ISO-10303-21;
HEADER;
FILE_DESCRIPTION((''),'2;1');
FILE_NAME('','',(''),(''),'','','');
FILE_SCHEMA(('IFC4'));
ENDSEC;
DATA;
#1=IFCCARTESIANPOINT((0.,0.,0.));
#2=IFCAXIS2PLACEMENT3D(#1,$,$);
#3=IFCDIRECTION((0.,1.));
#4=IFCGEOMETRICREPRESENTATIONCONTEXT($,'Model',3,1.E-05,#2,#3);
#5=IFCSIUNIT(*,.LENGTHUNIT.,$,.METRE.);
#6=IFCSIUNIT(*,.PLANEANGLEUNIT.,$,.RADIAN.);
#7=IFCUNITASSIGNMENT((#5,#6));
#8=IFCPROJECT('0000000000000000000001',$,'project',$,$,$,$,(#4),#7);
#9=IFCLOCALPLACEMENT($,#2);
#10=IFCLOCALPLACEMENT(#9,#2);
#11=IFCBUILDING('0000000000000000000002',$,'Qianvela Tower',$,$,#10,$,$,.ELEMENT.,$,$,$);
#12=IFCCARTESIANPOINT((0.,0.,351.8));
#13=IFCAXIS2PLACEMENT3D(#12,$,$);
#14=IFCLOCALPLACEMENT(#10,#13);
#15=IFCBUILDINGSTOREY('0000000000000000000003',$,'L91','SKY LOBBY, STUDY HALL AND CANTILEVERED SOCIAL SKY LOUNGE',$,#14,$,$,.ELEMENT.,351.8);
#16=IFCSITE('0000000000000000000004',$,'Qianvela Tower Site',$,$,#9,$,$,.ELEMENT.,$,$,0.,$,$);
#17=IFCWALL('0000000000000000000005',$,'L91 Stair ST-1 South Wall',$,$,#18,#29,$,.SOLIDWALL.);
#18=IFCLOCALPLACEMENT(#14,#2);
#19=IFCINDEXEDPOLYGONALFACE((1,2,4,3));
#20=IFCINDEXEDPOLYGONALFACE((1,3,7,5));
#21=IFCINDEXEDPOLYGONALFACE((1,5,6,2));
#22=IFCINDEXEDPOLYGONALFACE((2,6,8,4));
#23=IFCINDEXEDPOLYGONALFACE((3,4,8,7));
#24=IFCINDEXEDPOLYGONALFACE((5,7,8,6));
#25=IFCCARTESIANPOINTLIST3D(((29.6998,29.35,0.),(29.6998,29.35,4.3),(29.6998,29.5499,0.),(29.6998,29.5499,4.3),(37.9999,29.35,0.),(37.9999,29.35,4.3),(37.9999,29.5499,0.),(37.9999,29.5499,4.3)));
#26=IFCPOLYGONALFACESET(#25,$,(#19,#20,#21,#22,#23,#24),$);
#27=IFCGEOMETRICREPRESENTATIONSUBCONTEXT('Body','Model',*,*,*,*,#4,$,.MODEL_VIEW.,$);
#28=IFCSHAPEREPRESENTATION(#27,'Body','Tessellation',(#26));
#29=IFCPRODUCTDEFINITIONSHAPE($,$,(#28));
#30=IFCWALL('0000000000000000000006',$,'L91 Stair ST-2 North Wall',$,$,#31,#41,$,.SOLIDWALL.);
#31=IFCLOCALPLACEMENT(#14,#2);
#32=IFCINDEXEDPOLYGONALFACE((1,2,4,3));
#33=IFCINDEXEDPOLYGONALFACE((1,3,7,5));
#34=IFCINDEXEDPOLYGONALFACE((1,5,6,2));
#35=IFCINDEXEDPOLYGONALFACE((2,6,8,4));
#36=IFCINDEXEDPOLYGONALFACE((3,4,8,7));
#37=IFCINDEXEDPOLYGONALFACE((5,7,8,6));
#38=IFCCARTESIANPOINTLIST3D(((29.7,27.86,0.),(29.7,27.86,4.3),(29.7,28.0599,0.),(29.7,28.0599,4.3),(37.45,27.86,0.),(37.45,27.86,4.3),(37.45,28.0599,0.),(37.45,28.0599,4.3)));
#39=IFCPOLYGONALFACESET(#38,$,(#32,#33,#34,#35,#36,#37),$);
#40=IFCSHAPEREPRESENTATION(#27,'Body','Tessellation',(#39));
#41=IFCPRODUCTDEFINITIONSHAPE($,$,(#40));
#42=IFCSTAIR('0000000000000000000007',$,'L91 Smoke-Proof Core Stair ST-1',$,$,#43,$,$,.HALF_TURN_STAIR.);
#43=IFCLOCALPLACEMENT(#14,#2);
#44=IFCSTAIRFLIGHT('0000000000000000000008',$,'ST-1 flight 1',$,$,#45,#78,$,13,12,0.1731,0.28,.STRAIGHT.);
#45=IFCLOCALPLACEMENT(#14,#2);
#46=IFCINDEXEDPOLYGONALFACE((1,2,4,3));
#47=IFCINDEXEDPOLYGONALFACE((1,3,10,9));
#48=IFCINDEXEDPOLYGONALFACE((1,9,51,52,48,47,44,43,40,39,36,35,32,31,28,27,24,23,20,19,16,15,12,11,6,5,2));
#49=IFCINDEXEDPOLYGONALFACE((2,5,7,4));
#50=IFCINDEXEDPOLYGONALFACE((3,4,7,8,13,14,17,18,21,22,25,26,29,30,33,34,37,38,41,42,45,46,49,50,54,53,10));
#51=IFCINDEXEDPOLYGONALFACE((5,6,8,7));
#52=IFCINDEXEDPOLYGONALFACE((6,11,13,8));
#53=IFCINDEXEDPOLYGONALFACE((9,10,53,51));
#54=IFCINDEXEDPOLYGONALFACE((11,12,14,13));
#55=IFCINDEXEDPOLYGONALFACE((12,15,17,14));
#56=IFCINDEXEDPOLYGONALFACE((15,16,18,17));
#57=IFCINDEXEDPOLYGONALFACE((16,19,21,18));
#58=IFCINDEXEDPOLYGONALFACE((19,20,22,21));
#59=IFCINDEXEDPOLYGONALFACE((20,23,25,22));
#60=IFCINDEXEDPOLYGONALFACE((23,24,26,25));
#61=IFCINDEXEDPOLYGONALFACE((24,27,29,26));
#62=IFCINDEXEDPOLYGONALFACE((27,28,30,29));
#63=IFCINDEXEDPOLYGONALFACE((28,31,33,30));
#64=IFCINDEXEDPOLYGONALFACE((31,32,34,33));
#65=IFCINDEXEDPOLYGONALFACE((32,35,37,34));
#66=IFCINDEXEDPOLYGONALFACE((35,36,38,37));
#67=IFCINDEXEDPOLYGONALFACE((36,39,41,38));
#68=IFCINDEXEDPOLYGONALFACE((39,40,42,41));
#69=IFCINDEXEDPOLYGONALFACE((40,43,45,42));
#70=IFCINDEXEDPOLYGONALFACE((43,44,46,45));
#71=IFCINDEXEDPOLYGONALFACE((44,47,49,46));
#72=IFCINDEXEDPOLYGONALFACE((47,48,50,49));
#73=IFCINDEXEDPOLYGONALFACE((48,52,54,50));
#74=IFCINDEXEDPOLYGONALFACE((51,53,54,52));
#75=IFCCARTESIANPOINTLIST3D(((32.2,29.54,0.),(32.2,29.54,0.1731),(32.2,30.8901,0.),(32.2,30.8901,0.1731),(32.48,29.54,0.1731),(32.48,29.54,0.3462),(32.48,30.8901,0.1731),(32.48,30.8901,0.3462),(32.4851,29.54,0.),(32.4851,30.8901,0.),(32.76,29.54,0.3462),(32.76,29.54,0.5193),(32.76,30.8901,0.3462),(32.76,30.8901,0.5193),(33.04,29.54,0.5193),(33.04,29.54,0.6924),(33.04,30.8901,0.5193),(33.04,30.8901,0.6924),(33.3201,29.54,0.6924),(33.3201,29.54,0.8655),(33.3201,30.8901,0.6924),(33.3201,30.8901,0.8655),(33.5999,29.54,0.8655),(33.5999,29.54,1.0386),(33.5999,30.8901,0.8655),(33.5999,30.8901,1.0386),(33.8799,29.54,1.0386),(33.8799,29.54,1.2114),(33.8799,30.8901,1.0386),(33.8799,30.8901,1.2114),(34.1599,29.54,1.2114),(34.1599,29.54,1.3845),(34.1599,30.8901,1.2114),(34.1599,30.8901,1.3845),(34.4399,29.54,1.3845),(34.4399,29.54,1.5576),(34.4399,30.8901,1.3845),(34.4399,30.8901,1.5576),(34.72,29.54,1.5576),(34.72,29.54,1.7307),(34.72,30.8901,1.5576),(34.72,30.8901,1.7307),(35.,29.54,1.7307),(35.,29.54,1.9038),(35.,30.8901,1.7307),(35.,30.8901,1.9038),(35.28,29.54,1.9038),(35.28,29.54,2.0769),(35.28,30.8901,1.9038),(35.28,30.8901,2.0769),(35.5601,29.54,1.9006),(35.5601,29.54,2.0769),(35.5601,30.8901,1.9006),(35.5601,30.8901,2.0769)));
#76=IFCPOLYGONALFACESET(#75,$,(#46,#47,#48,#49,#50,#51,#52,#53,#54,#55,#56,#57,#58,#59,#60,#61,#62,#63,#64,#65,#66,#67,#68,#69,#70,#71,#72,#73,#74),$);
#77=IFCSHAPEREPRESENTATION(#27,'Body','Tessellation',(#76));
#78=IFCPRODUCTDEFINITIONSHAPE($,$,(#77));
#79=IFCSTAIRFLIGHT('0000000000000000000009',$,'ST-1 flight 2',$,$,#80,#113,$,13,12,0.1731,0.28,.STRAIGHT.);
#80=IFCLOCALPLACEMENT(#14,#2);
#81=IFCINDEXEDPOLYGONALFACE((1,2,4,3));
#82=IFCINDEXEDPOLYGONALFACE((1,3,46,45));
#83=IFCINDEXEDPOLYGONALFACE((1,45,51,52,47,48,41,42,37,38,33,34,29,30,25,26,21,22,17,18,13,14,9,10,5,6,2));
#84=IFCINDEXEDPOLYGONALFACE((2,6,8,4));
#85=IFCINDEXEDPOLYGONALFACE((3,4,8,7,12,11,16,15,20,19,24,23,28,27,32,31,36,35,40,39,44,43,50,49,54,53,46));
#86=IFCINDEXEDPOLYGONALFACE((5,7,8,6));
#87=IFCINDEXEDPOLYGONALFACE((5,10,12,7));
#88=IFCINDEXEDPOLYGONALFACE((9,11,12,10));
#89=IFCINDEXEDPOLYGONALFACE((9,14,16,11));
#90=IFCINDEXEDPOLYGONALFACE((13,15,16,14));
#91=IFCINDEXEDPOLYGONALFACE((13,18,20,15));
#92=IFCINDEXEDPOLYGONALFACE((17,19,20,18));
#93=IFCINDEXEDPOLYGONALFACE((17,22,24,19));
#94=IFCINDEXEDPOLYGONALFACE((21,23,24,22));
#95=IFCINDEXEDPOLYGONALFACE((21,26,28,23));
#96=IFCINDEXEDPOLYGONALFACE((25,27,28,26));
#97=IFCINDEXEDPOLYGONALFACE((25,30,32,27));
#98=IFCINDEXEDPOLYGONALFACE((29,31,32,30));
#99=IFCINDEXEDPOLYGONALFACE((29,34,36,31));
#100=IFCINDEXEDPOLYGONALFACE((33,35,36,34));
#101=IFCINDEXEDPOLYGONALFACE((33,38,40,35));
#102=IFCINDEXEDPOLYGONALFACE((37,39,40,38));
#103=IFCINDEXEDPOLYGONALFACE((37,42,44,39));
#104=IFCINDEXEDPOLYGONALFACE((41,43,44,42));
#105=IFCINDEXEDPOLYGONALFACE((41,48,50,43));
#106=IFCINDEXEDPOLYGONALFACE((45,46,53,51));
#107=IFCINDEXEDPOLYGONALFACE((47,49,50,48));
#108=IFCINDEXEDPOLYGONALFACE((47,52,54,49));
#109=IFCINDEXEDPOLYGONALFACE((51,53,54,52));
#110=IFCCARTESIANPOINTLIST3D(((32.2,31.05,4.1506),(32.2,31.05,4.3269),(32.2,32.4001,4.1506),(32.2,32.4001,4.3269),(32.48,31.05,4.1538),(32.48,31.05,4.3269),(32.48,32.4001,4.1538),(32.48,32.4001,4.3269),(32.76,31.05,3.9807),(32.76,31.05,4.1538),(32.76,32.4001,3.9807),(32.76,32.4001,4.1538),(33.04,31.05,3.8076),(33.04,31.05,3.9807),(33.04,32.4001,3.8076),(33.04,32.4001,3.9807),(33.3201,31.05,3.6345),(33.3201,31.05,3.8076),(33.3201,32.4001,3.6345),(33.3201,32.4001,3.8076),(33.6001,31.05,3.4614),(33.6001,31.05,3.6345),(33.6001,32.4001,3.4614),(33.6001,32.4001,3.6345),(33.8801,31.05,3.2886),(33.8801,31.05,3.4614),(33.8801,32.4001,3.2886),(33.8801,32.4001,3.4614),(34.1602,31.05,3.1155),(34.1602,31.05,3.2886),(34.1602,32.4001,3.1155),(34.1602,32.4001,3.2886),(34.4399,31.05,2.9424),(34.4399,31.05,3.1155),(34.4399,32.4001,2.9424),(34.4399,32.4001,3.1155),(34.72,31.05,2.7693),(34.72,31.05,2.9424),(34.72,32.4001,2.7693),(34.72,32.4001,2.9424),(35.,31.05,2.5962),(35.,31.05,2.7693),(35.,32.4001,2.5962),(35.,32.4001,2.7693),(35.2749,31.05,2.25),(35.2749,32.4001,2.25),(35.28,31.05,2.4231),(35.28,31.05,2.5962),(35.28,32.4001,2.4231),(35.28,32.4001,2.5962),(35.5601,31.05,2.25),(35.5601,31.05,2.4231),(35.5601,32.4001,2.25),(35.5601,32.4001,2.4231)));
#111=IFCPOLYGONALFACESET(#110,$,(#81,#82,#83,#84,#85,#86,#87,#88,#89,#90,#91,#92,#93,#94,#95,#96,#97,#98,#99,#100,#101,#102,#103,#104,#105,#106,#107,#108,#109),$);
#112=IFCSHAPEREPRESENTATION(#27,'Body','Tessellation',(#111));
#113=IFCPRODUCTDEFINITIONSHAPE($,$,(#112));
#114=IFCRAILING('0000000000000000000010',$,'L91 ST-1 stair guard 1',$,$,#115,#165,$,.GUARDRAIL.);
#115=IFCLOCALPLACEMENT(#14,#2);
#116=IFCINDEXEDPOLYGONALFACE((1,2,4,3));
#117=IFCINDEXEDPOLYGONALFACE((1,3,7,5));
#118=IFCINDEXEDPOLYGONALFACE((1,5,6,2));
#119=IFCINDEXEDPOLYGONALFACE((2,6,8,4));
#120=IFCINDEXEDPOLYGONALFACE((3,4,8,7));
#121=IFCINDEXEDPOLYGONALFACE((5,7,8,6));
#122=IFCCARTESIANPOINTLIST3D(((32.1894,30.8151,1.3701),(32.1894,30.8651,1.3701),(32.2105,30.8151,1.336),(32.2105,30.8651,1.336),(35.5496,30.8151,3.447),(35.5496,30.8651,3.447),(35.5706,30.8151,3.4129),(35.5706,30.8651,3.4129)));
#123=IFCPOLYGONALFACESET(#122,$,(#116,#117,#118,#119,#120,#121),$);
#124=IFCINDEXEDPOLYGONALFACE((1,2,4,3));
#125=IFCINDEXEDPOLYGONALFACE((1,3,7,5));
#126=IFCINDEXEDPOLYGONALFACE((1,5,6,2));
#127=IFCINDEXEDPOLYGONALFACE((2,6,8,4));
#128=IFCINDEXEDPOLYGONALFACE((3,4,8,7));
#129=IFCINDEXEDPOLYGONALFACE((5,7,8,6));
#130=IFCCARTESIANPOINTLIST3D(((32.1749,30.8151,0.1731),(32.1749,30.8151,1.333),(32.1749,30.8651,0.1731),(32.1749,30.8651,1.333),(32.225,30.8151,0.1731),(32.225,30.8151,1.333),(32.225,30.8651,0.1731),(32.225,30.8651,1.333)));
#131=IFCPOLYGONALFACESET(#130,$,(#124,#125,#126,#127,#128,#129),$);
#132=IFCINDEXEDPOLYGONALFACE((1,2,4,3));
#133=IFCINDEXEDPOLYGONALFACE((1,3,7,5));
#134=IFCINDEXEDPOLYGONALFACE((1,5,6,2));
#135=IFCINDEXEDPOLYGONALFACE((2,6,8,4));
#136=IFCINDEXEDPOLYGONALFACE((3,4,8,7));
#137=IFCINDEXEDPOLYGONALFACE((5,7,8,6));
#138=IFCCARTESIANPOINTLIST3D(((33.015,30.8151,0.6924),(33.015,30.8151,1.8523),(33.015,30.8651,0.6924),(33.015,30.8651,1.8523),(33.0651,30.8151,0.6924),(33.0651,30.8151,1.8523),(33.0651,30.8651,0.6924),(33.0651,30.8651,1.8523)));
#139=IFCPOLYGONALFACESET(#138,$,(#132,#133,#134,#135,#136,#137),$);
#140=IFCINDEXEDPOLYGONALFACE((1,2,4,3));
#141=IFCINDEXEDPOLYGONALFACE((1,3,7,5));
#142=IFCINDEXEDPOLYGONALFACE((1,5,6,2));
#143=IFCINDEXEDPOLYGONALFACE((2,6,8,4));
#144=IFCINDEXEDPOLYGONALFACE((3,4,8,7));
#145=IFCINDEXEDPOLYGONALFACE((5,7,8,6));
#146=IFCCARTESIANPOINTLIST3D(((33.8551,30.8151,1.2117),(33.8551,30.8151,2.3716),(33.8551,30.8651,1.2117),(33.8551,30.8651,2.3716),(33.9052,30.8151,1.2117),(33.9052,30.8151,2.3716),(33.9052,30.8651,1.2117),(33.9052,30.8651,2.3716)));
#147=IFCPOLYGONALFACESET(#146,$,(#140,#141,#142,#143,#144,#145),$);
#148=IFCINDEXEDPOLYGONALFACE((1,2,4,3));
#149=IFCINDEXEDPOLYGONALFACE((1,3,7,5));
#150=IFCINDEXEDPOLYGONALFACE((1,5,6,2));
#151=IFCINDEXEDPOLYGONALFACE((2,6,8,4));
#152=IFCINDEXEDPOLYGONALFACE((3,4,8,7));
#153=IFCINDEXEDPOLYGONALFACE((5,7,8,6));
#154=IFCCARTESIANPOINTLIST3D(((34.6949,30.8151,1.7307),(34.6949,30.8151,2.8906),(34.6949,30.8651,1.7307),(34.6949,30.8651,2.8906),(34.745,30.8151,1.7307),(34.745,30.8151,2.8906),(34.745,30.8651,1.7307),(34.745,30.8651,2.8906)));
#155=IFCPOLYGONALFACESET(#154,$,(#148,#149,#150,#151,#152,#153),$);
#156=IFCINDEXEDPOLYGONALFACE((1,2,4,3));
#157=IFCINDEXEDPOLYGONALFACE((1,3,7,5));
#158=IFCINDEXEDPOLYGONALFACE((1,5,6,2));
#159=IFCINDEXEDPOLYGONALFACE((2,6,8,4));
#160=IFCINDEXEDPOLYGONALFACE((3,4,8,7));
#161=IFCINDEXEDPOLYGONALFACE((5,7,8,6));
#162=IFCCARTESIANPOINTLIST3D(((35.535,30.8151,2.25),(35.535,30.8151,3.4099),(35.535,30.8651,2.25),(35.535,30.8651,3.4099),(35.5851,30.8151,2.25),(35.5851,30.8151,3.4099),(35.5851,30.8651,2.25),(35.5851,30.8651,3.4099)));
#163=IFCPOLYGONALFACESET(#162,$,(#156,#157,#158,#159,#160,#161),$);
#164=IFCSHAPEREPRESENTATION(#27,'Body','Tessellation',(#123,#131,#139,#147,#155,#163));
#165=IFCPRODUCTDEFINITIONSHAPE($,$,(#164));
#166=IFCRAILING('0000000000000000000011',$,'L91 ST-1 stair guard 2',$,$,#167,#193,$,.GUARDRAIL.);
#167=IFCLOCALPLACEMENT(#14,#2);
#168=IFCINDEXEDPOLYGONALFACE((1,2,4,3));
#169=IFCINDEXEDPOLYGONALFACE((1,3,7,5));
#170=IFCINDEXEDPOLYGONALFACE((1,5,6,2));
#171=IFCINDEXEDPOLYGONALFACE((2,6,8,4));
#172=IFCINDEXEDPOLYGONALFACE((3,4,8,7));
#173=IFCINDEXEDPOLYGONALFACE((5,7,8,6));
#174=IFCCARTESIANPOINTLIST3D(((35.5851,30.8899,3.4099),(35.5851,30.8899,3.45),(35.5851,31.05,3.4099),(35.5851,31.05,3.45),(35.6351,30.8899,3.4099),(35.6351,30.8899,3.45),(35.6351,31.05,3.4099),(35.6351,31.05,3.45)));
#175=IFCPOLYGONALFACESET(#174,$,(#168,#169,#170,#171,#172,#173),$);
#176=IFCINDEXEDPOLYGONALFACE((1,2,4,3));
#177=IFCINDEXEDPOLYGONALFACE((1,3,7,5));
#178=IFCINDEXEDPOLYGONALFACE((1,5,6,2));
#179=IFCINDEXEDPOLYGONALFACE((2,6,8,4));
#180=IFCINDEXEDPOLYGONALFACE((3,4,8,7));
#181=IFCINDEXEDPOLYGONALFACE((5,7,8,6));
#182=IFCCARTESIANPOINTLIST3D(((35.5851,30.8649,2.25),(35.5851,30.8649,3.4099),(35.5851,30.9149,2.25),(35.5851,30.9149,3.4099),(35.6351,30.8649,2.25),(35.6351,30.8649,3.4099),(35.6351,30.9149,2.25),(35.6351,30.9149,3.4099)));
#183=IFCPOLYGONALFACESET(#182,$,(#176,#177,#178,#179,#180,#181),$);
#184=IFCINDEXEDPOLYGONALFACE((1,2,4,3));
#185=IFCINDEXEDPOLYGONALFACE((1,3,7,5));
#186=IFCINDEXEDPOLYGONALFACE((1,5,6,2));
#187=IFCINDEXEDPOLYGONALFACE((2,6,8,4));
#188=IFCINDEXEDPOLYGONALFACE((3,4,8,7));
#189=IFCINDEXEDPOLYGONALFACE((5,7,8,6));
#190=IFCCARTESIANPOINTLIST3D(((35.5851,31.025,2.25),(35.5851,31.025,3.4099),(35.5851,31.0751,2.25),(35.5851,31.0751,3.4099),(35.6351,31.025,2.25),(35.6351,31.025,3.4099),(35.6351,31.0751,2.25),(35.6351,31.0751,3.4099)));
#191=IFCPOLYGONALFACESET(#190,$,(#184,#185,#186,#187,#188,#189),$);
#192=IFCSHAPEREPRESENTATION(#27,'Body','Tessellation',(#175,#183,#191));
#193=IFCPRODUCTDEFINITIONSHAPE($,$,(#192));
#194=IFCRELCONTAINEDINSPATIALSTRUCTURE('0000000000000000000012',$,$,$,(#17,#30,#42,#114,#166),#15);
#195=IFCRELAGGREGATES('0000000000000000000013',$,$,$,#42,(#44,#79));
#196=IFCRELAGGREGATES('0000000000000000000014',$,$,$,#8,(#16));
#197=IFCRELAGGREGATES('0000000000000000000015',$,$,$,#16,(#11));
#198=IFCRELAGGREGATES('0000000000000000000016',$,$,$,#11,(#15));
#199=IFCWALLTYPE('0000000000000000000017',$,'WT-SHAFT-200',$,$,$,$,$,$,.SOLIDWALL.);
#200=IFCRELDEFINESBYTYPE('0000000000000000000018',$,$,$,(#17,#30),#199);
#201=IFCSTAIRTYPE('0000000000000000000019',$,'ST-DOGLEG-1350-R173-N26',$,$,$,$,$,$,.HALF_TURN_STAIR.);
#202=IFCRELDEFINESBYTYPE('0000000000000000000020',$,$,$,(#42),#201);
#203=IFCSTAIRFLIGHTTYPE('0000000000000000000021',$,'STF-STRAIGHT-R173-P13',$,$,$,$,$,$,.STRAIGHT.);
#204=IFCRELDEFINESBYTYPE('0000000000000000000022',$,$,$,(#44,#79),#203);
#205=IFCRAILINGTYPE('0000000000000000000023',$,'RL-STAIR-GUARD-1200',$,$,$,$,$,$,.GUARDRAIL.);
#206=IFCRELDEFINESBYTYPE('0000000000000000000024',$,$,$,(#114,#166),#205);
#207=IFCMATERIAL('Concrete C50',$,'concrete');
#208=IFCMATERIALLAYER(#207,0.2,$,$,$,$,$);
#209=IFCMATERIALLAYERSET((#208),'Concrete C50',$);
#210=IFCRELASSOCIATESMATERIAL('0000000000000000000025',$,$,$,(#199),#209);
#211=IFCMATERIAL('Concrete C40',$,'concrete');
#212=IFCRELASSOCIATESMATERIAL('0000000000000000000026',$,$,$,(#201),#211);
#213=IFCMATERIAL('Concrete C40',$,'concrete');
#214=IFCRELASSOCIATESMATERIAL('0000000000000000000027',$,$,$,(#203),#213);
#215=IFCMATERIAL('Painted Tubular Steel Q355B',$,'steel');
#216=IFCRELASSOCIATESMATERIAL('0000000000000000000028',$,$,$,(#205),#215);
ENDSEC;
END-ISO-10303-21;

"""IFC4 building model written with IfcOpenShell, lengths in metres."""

from ifc_helpers import new_model, si_unit, direction, frame, frame_2d, origin, origin_2d, place, context, subcontext, project, spatial, polyline, rectangle, outline, extrude, material, layer, layer_set, type_object, element, aggregate, save


model = new_model("IFC4")

# Units and contexts
model_context = context("Model", 3, precision=1e-05, world=origin(), true_north=direction((0.0, 1.0)))
body_context = subcontext(model_context, "Body", "Model", "MODEL_VIEW")
ifc_project = project(units=[si_unit("LENGTHUNIT", "METRE"), si_unit("PLANEANGLEUNIT", "RADIAN")], contexts=[model_context])

# Site, building, storey
site_placement = place(None, origin())
site = spatial("IfcSite", under=ifc_project, at=site_placement, Name="Qianvela Tower Site", CompositionType="ELEMENT", RefElevation=0.0)
building_placement = place(site_placement, origin())
building = spatial("IfcBuilding", under=site, at=building_placement, Name="Qianvela Tower", CompositionType="ELEMENT")
storey_placement = place(building_placement, frame((0.0, 0.0, 351.8)))
storey = spatial("IfcBuildingStorey", under=building, at=storey_placement, Name="L91", Description="SKY LOBBY, STUDY HALL AND CANTILEVERED SOCIAL SKY LOUNGE", CompositionType="ELEMENT", Elevation=351.8)

# Walls
ifc_material_1 = material(Name="Concrete C50", Category="concrete")
ifc_layer_1 = layer(ifc_material_1, 0.2)
ifc_layer_set_1 = layer_set([ifc_layer_1], Name="Concrete C50")
wall_type_1 = type_object("IfcWallType", Name="WT-SHAFT-200", PredefinedType="SOLIDWALL", material=ifc_layer_set_1)
wall_1_placement = place(storey_placement, frame((29.7, 29.45, 0.0), z_axis=(0.0, 0.0, 1.0), x_axis=(1.0, 0.0, 0.0)))
element("IfcWall", 1, at=wall_1_placement, inside=storey, type_object=wall_type_1, Name="L91 Stair ST-1 South Wall", PredefinedType="SOLIDWALL", context=body_context, shape_type="SweptSolid", body=[
    extrude(rectangle(XDim=8.3, YDim=0.2, at=frame_2d((4.1499, 0.0))), origin(), (0.0, 0.0, 1.0), 4.3),
])
wall_2_placement = place(storey_placement, frame((29.7, 27.96, 0.0), z_axis=(0.0, 0.0, 1.0), x_axis=(1.0, 0.0, 0.0)))
element("IfcWall", 2, at=wall_2_placement, inside=storey, type_object=wall_type_1, Name="L91 Stair ST-2 North Wall", PredefinedType="SOLIDWALL", context=body_context, shape_type="SweptSolid", body=[
    extrude(rectangle(XDim=7.75, YDim=0.2, at=frame_2d((3.875, 0.0))), origin(), (0.0, 0.0, 1.0), 4.3),
])

# Stair, stair flights
ifc_material_2 = material(Name="Concrete C40", Category="concrete")
stair_type = type_object("IfcStairType", Name="ST-DOGLEG-1350-R173-N26", PredefinedType="HALF_TURN_STAIR", material=ifc_material_2)
stair_placement = place(storey_placement, origin())
stair = element("IfcStair", 3, at=stair_placement, inside=storey, type_object=stair_type, Name="L91 Smoke-Proof Core Stair ST-1", PredefinedType="HALF_TURN_STAIR")
ifc_material_3 = material(Name="Concrete C40", Category="concrete")
stair_flight_type = type_object("IfcStairFlightType", Name="STF-STRAIGHT-R173-P13", PredefinedType="STRAIGHT", material=ifc_material_3)
stair_flight_1_placement = place(storey_placement, frame((32.2, 30.2151, 0.0), z_axis=(0.0, 0.0, 1.0), x_axis=(1.0, 0.0, 0.0)))
stair_flight_1 = element("IfcStairFlight", 4, at=stair_flight_1_placement, type_object=stair_flight_type, Name="ST-1 flight 1", NumberOfRisers=13, NumberOfTreads=12, PredefinedType="STRAIGHT", RiserHeight=0.1731, TreadLength=0.28, context=body_context, shape_type="SweptSolid", body=[
    extrude(outline(polyline([(0.0, 0.0), (0.0, 0.1731), (0.28, 0.1731), (0.28, 0.3462), (0.5601, 0.3462), (0.5601, 0.5193), (0.8401, 0.5193), (0.8401, 0.6924), (1.1201, 0.6924), (1.1201, 0.8655), (1.3999, 0.8655), (1.3999, 1.0386), (1.6799, 1.0386), (1.6799, 1.2114), (1.96, 1.2114), (1.96, 1.3845), (2.24, 1.3845), (2.24, 1.5576), (2.52, 1.5576), (2.52, 1.7307), (2.8, 1.7307), (2.8, 1.9038), (3.0801, 1.9038), (3.0801, 2.0769), (3.3601, 2.0769), (3.3601, 2.25), (3.3601, 1.9006), (0.2852, 0.0), (0.0, 0.0)])), frame((0.0, 0.675, 0.0), z_axis=(0.0, -1.0, 0.0), x_axis=(1.0, 0.0, 0.0)), (0.0, 0.0, 1.0), 1.3501),
])
stair_flight_2_placement = place(storey_placement, frame((35.5601, 31.7251, 2.25), z_axis=(0.0, 0.0, 1.0), x_axis=(-1.0, 0.0, 0.0)))
stair_flight_2 = element("IfcStairFlight", 5, at=stair_flight_2_placement, type_object=stair_flight_type, Name="ST-1 flight 2", NumberOfRisers=13, NumberOfTreads=12, PredefinedType="STRAIGHT", RiserHeight=0.1731, TreadLength=0.28, context=body_context, shape_type="SweptSolid", body=[
    extrude(outline(polyline([(0.0, 0.0), (0.0, 0.1731), (0.28, 0.1731), (0.28, 0.3462), (0.5601, 0.3462), (0.5601, 0.5193), (0.8401, 0.5193), (0.8401, 0.6924), (1.1201, 0.6924), (1.1201, 0.8655), (1.3999, 0.8655), (1.3999, 1.0386), (1.6799, 1.0386), (1.6799, 1.2114), (1.96, 1.2114), (1.96, 1.3845), (2.24, 1.3845), (2.24, 1.5576), (2.52, 1.5576), (2.52, 1.7307), (2.8, 1.7307), (2.8, 1.9038), (3.0801, 1.9038), (3.0801, 2.0769), (3.3601, 2.0769), (3.3601, 2.25), (3.3601, 1.9006), (0.2852, 0.0), (0.0, 0.0)])), frame((0.0, 0.675, 0.0), z_axis=(0.0, -1.0, 0.0), x_axis=(1.0, 0.0, 0.0)), (0.0, 0.0, 1.0), 1.3501),
])
aggregate(stair, [stair_flight_1, stair_flight_2])

# Railings
ifc_material_4 = material(Name="Painted Tubular Steel Q355B", Category="steel")
railing_type_1 = type_object("IfcRailingType", Name="RL-STAIR-GUARD-1200", PredefinedType="GUARDRAIL", material=ifc_material_4)
railing_1_placement = place(storey_placement, frame((32.2, 30.8401, 0.1731)))
element("IfcRailing", 6, at=railing_1_placement, inside=storey, type_object=railing_type_1, Name="L91 ST-1 stair guard 1", PredefinedType="GUARDRAIL", context=body_context, shape_type="SweptSolid", body=[
    extrude(rectangle(XDim=0.05, YDim=0.04, at=origin_2d()), frame((0.0, 0.0, 1.1799), z_axis=(0.850623, 0.0, 0.525776), x_axis=(0.0, 1.0, 0.0)), (0.0, 0.0, 1.0), 3.9502),
    extrude(rectangle(XDim=0.05, YDim=0.05, at=origin_2d()), origin(), (0.0, 0.0, 1.0), 1.1599),
    extrude(rectangle(XDim=0.05, YDim=0.05, at=origin_2d()), frame((0.8401, 0.0, 0.5193)), (0.0, 0.0, 1.0), 1.1599),
    extrude(rectangle(XDim=0.05, YDim=0.05, at=origin_2d()), frame((1.6802, 0.0, 1.0386)), (0.0, 0.0, 1.0), 1.1599),
    extrude(rectangle(XDim=0.05, YDim=0.05, at=origin_2d()), frame((2.52, 0.0, 1.5576)), (0.0, 0.0, 1.0), 1.1599),
    extrude(rectangle(XDim=0.05, YDim=0.05, at=origin_2d()), frame((3.3601, 0.0, 2.0769)), (0.0, 0.0, 1.0), 1.1599),
])
railing_2_placement = place(storey_placement, frame((35.6101, 30.8899, 2.25)))
element("IfcRailing", 7, at=railing_2_placement, inside=storey, type_object=railing_type_1, Name="L91 ST-1 stair guard 2", PredefinedType="GUARDRAIL", context=body_context, shape_type="SweptSolid", body=[
    extrude(rectangle(XDim=0.05, YDim=0.04, at=origin_2d()), frame((0.0, 0.0, 1.1799), z_axis=(0.0, 1.0, 0.0), x_axis=(-1.0, 0.0, 0.0)), (0.0, 0.0, 1.0), 0.1602),
    extrude(rectangle(XDim=0.05, YDim=0.05, at=origin_2d()), origin(), (0.0, 0.0, 1.0), 1.1599),
    extrude(rectangle(XDim=0.05, YDim=0.05, at=origin_2d()), frame((0.0, 0.1602, 0.0)), (0.0, 0.0, 1.0), 1.1599),
])

save(model, "model.ifc")
